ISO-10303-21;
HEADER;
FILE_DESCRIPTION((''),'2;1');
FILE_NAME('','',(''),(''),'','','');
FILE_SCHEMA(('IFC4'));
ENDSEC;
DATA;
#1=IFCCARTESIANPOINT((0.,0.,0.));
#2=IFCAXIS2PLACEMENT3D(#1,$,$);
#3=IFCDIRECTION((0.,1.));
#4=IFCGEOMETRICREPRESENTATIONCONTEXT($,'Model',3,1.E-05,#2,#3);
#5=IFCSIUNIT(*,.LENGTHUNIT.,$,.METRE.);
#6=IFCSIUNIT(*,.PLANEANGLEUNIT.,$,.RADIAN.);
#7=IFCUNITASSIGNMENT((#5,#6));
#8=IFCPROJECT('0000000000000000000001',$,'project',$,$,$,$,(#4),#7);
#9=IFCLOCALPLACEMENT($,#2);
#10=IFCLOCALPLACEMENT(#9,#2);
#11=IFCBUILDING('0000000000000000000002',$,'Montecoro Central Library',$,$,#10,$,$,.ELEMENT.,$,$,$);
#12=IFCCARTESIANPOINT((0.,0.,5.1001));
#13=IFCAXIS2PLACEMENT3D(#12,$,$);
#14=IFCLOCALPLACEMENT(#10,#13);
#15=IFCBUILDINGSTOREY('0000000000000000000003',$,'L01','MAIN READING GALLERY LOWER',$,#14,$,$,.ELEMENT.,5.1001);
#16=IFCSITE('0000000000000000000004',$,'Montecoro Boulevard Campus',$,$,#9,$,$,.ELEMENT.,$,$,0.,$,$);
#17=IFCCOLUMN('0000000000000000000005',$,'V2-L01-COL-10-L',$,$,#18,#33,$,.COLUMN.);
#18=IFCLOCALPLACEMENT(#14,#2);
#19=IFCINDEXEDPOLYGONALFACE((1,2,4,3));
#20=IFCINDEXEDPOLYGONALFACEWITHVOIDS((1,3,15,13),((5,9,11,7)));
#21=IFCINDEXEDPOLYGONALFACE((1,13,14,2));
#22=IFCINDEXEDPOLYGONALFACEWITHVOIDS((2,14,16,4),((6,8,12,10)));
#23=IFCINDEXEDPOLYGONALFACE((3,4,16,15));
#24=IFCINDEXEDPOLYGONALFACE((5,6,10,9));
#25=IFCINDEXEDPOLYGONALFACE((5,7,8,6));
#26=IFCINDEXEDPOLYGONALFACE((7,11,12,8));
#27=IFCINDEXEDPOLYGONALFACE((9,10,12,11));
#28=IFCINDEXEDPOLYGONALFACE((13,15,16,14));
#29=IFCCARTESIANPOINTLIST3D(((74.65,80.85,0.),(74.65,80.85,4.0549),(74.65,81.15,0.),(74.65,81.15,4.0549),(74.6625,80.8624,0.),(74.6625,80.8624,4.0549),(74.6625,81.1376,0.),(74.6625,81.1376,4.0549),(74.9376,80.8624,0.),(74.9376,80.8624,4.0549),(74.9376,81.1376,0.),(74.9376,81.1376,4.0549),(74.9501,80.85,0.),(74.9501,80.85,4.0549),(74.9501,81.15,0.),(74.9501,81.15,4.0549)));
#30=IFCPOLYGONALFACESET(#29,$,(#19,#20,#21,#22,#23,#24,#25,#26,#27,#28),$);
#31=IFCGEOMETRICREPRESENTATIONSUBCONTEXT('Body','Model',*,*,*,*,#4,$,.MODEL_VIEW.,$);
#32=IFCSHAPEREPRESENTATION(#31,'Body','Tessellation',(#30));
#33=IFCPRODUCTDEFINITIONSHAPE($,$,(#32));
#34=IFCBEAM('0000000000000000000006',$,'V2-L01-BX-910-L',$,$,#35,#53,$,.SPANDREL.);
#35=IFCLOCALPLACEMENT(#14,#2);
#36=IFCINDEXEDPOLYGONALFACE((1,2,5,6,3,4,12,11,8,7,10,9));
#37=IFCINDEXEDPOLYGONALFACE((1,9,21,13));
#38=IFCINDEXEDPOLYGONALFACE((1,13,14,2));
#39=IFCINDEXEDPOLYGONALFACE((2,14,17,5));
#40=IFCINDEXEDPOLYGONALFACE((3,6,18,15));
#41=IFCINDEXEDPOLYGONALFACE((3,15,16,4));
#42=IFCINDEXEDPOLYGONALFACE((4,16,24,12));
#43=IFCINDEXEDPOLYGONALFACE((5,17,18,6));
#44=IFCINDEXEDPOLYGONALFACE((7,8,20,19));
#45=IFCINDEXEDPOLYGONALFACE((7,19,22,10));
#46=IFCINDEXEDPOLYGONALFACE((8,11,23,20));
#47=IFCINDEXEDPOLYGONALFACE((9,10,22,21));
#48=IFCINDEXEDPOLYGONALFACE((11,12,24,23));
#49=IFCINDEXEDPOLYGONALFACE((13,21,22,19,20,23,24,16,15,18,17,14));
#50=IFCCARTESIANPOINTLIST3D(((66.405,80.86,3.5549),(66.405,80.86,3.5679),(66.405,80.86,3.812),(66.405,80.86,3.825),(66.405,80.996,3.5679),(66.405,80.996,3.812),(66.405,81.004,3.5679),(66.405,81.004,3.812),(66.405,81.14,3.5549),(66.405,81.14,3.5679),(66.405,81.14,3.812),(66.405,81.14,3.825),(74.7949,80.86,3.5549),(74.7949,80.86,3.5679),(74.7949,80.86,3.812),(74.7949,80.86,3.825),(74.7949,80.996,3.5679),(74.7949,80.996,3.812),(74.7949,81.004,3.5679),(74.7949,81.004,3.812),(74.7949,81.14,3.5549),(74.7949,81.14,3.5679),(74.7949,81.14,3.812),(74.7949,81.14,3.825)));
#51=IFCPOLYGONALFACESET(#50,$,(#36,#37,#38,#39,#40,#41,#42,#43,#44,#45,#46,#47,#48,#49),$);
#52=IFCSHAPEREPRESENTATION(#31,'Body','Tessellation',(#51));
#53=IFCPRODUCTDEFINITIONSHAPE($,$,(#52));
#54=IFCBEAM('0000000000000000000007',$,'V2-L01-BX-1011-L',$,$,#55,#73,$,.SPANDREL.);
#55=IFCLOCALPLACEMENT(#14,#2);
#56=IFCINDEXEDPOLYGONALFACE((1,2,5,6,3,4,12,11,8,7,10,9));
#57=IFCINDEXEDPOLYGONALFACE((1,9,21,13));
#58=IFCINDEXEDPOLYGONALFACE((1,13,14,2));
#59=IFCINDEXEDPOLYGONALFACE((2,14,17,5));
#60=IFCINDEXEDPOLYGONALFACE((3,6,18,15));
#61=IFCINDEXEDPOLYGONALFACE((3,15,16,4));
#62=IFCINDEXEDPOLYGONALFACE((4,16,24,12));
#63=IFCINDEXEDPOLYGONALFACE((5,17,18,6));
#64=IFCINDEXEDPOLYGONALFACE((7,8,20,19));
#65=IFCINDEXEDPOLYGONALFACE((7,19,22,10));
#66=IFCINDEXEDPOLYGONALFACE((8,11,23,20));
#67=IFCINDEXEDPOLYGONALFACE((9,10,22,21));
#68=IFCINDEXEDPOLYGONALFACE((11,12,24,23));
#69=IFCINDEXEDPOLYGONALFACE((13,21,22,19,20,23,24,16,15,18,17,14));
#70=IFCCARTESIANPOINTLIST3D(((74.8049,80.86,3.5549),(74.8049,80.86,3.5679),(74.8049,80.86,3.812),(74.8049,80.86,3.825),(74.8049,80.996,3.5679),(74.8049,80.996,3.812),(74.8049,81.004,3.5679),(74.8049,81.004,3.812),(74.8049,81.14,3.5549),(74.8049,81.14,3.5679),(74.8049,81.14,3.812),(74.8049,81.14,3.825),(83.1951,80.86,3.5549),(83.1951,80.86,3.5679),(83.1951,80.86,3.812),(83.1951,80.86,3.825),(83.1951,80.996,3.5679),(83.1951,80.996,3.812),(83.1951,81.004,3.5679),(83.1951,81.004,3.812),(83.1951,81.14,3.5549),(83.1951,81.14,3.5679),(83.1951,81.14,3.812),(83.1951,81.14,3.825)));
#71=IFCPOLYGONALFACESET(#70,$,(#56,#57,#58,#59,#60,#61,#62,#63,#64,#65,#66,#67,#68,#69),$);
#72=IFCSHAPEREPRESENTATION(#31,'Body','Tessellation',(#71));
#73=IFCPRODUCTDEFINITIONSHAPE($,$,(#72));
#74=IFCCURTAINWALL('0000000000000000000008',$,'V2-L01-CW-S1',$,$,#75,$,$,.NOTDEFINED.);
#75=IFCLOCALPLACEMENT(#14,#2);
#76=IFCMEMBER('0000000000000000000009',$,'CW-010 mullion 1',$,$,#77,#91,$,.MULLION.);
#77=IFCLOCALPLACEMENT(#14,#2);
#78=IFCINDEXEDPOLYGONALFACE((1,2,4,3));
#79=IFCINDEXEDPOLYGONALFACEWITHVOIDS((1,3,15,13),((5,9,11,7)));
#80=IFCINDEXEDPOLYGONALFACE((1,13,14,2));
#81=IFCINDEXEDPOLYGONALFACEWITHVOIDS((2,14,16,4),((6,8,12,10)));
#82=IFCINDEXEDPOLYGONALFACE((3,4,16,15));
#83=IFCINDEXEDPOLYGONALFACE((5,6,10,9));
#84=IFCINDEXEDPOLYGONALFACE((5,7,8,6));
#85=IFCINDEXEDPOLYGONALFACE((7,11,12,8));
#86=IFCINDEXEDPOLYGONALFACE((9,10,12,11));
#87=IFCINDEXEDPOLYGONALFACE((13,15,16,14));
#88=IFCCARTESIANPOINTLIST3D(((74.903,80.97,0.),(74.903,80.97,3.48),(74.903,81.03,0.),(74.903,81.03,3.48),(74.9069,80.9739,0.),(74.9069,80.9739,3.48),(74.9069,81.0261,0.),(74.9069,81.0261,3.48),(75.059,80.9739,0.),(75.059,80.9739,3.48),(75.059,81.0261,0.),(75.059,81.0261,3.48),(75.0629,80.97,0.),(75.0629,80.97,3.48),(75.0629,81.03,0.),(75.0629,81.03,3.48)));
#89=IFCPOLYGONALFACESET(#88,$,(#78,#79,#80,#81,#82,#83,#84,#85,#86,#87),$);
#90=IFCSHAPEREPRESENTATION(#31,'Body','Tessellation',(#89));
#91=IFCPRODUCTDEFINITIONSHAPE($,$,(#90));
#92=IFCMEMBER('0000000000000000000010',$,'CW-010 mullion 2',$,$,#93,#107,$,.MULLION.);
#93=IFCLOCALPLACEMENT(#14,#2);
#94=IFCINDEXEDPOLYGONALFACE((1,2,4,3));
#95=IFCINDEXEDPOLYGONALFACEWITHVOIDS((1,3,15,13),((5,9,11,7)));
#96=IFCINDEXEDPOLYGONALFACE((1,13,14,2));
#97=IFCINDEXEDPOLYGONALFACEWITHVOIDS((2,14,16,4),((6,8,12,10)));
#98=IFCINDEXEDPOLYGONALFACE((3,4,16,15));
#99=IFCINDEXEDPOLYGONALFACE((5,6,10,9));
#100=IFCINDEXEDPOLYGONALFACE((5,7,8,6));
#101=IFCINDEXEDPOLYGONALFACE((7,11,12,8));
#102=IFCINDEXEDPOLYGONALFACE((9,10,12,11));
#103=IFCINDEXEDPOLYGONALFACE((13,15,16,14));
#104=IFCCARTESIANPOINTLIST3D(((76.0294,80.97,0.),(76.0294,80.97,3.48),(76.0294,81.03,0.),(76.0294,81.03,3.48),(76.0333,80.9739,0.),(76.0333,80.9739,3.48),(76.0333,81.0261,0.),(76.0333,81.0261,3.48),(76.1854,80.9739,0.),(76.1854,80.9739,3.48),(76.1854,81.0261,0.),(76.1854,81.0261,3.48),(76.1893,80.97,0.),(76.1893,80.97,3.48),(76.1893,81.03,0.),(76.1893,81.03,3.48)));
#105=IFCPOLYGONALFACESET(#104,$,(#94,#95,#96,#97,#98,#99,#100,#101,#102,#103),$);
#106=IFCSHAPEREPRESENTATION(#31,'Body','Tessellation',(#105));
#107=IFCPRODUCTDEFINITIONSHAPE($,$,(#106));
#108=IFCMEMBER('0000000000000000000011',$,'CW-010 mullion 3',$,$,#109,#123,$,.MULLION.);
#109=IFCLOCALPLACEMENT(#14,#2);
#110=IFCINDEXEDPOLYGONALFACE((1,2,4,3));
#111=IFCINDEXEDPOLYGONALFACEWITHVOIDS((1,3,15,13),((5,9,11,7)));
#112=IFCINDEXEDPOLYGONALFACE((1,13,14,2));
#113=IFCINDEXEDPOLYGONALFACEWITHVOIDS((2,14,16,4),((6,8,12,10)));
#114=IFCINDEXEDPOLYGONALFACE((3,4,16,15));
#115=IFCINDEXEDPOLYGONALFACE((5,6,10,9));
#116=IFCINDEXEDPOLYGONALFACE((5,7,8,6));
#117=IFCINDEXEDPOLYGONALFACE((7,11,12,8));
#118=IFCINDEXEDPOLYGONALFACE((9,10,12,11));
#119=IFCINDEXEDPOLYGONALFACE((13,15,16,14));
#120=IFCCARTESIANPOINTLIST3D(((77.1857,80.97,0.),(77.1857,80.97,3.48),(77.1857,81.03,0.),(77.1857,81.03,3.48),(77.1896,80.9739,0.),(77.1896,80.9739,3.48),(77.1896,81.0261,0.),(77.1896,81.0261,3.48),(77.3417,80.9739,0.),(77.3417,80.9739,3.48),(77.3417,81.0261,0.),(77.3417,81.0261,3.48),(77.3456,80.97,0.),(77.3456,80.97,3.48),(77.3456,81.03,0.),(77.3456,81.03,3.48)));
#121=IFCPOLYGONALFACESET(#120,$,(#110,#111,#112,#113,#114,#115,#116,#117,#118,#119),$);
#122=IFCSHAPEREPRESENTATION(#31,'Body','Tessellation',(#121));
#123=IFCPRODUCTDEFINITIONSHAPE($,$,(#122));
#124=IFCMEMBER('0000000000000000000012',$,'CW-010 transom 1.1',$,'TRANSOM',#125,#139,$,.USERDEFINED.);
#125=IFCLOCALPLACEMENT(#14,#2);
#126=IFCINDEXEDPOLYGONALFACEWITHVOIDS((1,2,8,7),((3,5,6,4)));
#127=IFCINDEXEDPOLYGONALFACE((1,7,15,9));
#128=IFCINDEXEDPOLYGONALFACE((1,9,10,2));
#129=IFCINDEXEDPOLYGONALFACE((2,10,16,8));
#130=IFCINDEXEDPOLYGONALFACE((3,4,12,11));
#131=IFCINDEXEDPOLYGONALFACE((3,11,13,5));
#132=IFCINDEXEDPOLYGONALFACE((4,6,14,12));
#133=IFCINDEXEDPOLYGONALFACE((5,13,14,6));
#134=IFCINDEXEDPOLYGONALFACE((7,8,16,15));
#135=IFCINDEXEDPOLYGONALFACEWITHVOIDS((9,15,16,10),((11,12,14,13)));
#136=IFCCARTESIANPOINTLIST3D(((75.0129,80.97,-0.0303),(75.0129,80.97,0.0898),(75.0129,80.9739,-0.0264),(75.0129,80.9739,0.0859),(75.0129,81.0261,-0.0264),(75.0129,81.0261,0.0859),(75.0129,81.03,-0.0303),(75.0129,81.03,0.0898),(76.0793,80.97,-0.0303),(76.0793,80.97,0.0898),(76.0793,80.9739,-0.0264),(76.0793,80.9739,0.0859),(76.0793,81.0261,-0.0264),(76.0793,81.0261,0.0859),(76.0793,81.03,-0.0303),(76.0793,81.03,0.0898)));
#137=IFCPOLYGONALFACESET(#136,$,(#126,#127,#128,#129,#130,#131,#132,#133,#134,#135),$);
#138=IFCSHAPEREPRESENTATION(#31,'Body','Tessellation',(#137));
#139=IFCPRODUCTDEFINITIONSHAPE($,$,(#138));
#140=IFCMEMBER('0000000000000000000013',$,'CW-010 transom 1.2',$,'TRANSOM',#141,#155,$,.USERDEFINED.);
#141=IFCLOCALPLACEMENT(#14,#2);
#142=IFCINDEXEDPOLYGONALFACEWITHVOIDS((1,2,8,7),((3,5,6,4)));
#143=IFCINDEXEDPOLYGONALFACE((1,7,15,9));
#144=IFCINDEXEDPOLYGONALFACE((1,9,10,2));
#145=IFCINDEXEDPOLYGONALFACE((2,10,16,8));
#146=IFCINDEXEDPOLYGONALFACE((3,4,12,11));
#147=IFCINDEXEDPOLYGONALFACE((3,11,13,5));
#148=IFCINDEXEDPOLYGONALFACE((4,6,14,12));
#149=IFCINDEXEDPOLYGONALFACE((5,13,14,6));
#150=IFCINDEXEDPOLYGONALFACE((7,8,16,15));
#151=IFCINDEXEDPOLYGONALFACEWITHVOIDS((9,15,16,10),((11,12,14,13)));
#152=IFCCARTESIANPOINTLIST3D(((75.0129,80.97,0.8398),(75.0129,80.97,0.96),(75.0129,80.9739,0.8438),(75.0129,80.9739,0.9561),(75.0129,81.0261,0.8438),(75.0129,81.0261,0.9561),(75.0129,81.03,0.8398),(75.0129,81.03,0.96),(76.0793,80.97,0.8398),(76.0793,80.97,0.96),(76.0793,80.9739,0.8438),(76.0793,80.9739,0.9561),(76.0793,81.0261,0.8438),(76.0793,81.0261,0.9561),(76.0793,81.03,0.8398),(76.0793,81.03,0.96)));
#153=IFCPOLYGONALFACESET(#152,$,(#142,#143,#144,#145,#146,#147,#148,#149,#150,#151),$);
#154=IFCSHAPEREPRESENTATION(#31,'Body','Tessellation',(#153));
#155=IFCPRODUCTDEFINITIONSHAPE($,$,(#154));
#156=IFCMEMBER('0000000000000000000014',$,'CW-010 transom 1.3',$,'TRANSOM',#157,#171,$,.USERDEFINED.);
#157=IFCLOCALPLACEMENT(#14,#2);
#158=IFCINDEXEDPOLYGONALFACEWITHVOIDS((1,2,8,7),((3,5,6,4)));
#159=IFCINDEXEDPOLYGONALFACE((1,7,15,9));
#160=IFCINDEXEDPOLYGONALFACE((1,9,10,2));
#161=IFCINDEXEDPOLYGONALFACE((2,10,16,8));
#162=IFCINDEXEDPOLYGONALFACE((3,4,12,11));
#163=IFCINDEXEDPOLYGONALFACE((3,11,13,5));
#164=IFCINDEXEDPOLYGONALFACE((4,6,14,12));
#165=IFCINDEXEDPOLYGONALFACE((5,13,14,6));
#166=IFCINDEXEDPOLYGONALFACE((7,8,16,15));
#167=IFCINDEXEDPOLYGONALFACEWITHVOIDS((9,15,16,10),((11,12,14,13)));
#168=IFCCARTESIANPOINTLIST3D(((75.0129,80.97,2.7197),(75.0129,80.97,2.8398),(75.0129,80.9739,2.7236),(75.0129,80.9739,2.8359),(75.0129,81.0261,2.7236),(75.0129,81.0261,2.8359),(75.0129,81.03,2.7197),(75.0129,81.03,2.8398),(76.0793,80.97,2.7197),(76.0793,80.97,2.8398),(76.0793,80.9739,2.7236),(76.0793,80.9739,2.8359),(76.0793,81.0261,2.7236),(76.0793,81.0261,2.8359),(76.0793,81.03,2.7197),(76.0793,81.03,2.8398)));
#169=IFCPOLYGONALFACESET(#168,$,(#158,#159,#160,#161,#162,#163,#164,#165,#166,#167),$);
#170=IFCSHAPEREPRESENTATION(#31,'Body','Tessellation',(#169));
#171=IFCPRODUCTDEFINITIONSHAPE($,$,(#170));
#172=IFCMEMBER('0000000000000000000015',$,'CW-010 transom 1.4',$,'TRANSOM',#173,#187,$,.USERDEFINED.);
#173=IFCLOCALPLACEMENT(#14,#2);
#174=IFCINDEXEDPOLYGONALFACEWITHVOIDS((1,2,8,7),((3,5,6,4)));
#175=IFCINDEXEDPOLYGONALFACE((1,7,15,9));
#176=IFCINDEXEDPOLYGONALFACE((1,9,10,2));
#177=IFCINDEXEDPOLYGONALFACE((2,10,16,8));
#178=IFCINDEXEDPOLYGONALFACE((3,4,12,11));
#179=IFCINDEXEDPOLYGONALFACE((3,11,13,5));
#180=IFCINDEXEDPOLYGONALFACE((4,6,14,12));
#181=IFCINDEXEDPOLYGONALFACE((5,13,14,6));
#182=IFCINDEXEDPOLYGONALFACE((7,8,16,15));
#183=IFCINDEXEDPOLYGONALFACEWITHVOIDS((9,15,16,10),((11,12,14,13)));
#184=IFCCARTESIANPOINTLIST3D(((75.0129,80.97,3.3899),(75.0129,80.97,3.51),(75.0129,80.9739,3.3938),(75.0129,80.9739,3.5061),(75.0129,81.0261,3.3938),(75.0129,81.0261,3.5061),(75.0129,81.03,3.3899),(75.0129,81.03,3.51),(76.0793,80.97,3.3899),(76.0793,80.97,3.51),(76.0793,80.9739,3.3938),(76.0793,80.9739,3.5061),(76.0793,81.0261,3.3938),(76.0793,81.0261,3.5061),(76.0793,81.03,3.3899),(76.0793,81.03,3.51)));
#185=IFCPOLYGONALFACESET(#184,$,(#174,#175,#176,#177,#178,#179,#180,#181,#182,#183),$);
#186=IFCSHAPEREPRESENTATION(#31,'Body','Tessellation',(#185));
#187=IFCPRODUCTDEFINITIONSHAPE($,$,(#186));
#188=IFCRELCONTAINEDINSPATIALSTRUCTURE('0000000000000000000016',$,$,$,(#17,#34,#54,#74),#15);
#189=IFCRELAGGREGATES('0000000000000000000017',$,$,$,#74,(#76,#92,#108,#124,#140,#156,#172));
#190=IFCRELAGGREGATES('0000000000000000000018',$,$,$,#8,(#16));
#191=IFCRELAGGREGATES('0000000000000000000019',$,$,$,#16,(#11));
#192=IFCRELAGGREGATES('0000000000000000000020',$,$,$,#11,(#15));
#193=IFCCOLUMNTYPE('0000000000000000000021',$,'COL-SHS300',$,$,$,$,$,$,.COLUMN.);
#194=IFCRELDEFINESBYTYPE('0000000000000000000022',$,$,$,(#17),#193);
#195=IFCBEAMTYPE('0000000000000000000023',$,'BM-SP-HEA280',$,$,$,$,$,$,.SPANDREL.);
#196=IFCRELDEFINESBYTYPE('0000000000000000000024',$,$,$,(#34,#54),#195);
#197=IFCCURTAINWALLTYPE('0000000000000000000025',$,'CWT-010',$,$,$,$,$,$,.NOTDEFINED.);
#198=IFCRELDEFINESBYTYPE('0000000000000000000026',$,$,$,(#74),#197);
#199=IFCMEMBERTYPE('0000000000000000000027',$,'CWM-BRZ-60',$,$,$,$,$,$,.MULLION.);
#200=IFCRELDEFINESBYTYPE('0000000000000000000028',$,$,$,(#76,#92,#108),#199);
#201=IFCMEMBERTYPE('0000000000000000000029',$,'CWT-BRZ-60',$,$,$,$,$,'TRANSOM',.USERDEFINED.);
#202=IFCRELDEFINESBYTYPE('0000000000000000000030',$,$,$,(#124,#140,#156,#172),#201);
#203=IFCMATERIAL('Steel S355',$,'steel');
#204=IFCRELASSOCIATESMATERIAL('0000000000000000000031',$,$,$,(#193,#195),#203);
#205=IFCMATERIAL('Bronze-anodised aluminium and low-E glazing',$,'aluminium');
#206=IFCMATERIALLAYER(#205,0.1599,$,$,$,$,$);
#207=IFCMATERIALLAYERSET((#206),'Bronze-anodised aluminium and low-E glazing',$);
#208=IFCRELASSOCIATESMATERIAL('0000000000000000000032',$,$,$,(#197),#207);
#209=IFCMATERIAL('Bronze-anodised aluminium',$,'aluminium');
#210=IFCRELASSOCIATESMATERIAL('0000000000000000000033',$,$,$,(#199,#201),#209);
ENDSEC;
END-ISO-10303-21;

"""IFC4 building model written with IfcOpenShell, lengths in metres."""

from ifc_helpers import new_model, si_unit, direction, frame, origin, origin_2d, place, context, subcontext, project, spatial, hollow_rectangle, i_section, extrude, material, layer, layer_set, material_profile, profile_set, type_object, element, aggregate, save


model = new_model("IFC4")

# Units and contexts
model_context = context("Model", 3, precision=1e-05, world=origin(), true_north=direction((0.0, 1.0)))
body_context = subcontext(model_context, "Body", "Model", "MODEL_VIEW")
ifc_project = project(units=[si_unit("LENGTHUNIT", "METRE"), si_unit("PLANEANGLEUNIT", "RADIAN")], contexts=[model_context])

# Site, building, storey
site_placement = place(None, origin())
site = spatial("IfcSite", under=ifc_project, at=site_placement, Name="Montecoro Boulevard Campus", CompositionType="ELEMENT", RefElevation=0.0)
building_placement = place(site_placement, origin())
building = spatial("IfcBuilding", under=site, at=building_placement, Name="Montecoro Central Library", CompositionType="ELEMENT")
storey_placement = place(building_placement, frame((0.0, 0.0, 5.1001)))
storey = spatial("IfcBuildingStorey", under=building, at=storey_placement, Name="L01", Description="MAIN READING GALLERY LOWER", CompositionType="ELEMENT", Elevation=5.1001)

# Column
ifc_material_1 = material(Name="Steel S355", Category="steel")
ifc_material_profile_1 = material_profile(ifc_material_1, hollow_rectangle(XDim=0.3, YDim=0.3, WallThickness=0.0125, at=origin_2d()), Name="SHS 300x300x12.5")
ifc_profile_set_1 = profile_set([ifc_material_profile_1], Name="Steel S355")
column_type = type_object("IfcColumnType", Name="COL-SHS300", PredefinedType="COLUMN", material=ifc_profile_set_1)
column_placement = place(storey_placement, frame((74.8, 81.0, 0.0), z_axis=(0.0, 0.0, 1.0), x_axis=(1.0, 0.0, 0.0)))
element("IfcColumn", 1, at=column_placement, inside=storey, type_object=column_type, Name="V2-L01-COL-10-L", PredefinedType="COLUMN", context=body_context, shape_type="SweptSolid", body=[
    extrude(hollow_rectangle(XDim=0.3, YDim=0.3, WallThickness=0.0125, at=origin_2d()), origin(), (0.0, 0.0, 1.0), 4.0549),
])

# Beams
ifc_material_profile_2 = material_profile(ifc_material_1, i_section(OverallWidth=0.28, OverallDepth=0.27, WebThickness=0.0081, FlangeThickness=0.0129, at=origin_2d()), Name="HEA 280")
ifc_profile_set_2 = profile_set([ifc_material_profile_2], Name="Steel S355")
beam_type = type_object("IfcBeamType", Name="BM-SP-HEA280", PredefinedType="SPANDREL", material=ifc_profile_set_2)
beam_1_placement = place(storey_placement, frame((66.405, 81.0, 3.6899), z_axis=(1.0, 0.0, 0.0), x_axis=(0.0, 1.0, 0.0)))
element("IfcBeam", 2, at=beam_1_placement, inside=storey, type_object=beam_type, Name="V2-L01-BX-910-L", PredefinedType="SPANDREL", context=body_context, shape_type="SweptSolid", body=[
    extrude(i_section(OverallWidth=0.28, OverallDepth=0.27, WebThickness=0.0081, FlangeThickness=0.0129, at=origin_2d()), origin(), (0.0, 0.0, 1.0), 8.3899),
])
beam_2_placement = place(storey_placement, frame((74.8049, 81.0, 3.6899), z_axis=(1.0, 0.0, 0.0), x_axis=(0.0, 1.0, 0.0)))
element("IfcBeam", 3, at=beam_2_placement, inside=storey, type_object=beam_type, Name="V2-L01-BX-1011-L", PredefinedType="SPANDREL", context=body_context, shape_type="SweptSolid", body=[
    extrude(i_section(OverallWidth=0.28, OverallDepth=0.27, WebThickness=0.0081, FlangeThickness=0.0129, at=origin_2d()), origin(), (0.0, 0.0, 1.0), 8.3901),
])

# Curtain wall, members
ifc_material_2 = material(Name="Bronze-anodised aluminium and low-E glazing", Category="aluminium")
ifc_layer_1 = layer(ifc_material_2, 0.1599)
ifc_layer_set_1 = layer_set([ifc_layer_1], Name="Bronze-anodised aluminium and low-E glazing")
curtain_wall_type = type_object("IfcCurtainWallType", Name="CWT-010", PredefinedType="NOTDEFINED", material=ifc_layer_set_1)
curtain_wall_placement = place(storey_placement, origin())
curtain_wall = element("IfcCurtainWall", 4, at=curtain_wall_placement, inside=storey, type_object=curtain_wall_type, Name="V2-L01-CW-S1", PredefinedType="NOTDEFINED")
ifc_material_3 = material(Name="Bronze-anodised aluminium", Category="aluminium")
ifc_material_profile_3 = material_profile(ifc_material_3, hollow_rectangle(XDim=0.0601, YDim=0.1599, WallThickness=0.0039, at=origin_2d()), Name="CWM 160x60x4.0")
ifc_profile_set_3 = profile_set([ifc_material_profile_3], Name="Bronze-anodised aluminium")
member_type_1 = type_object("IfcMemberType", Name="CWM-BRZ-60", PredefinedType="MULLION", material=ifc_profile_set_3)
member_1_placement = place(storey_placement, frame((74.9829, 81.0, 0.0), z_axis=(0.0, 0.0, 1.0), x_axis=(0.0, 1.0, 0.0)))
member_1 = element("IfcMember", 5, at=member_1_placement, type_object=member_type_1, Name="CW-010 mullion 1", PredefinedType="MULLION", context=body_context, shape_type="SweptSolid", body=[
    extrude(hollow_rectangle(XDim=0.0601, YDim=0.1599, WallThickness=0.0039, at=origin_2d()), origin(), (0.0, 0.0, 1.0), 3.48),
])
member_2_placement = place(storey_placement, frame((76.1094, 81.0, 0.0), z_axis=(0.0, 0.0, 1.0), x_axis=(0.0, 1.0, 0.0)))
member_2 = element("IfcMember", 6, at=member_2_placement, type_object=member_type_1, Name="CW-010 mullion 2", PredefinedType="MULLION", context=body_context, shape_type="SweptSolid", body=[
    extrude(hollow_rectangle(XDim=0.0601, YDim=0.1599, WallThickness=0.0039, at=origin_2d()), origin(), (0.0, 0.0, 1.0), 3.48),
])
member_3_placement = place(storey_placement, frame((77.2656, 81.0, 0.0), z_axis=(0.0, 0.0, 1.0), x_axis=(0.0, 1.0, 0.0)))
member_3 = element("IfcMember", 7, at=member_3_placement, type_object=member_type_1, Name="CW-010 mullion 3", PredefinedType="MULLION", context=body_context, shape_type="SweptSolid", body=[
    extrude(hollow_rectangle(XDim=0.0601, YDim=0.1599, WallThickness=0.0039, at=origin_2d()), origin(), (0.0, 0.0, 1.0), 3.48),
])
ifc_material_profile_4 = material_profile(ifc_material_3, hollow_rectangle(XDim=0.0601, YDim=0.1201, WallThickness=0.0039, at=origin_2d()), Name="CWT 120x60x4.0")
ifc_profile_set_4 = profile_set([ifc_material_profile_4], Name="Bronze-anodised aluminium")
member_type_2 = type_object("IfcMemberType", Name="CWT-BRZ-60", ElementType="TRANSOM", PredefinedType="USERDEFINED", material=ifc_profile_set_4)
member_4_placement = place(storey_placement, frame((75.0129, 81.0, 0.0298), z_axis=(1.0, 0.0, 0.0), x_axis=(0.0, 1.0, 0.0)))
member_4 = element("IfcMember", 8, at=member_4_placement, type_object=member_type_2, Name="CW-010 transom 1.1", ObjectType="TRANSOM", PredefinedType="USERDEFINED", context=body_context, shape_type="SweptSolid", body=[
    extrude(hollow_rectangle(XDim=0.0601, YDim=0.1201, WallThickness=0.0039, at=origin_2d()), origin(), (0.0, 0.0, 1.0), 1.0664),
])
member_5_placement = place(storey_placement, frame((75.0129, 81.0, 0.8999), z_axis=(1.0, 0.0, 0.0), x_axis=(0.0, 1.0, 0.0)))
member_5 = element("IfcMember", 9, at=member_5_placement, type_object=member_type_2, Name="CW-010 transom 1.2", ObjectType="TRANSOM", PredefinedType="USERDEFINED", context=body_context, shape_type="SweptSolid", body=[
    extrude(hollow_rectangle(XDim=0.0601, YDim=0.1201, WallThickness=0.0039, at=origin_2d()), origin(), (0.0, 0.0, 1.0), 1.0664),
])
member_6_placement = place(storey_placement, frame((75.0129, 81.0, 2.7798), z_axis=(1.0, 0.0, 0.0), x_axis=(0.0, 1.0, 0.0)))
member_6 = element("IfcMember", 10, at=member_6_placement, type_object=member_type_2, Name="CW-010 transom 1.3", ObjectType="TRANSOM", PredefinedType="USERDEFINED", context=body_context, shape_type="SweptSolid", body=[
    extrude(hollow_rectangle(XDim=0.0601, YDim=0.1201, WallThickness=0.0039, at=origin_2d()), origin(), (0.0, 0.0, 1.0), 1.0664),
])
member_7_placement = place(storey_placement, frame((75.0129, 81.0, 3.45), z_axis=(1.0, 0.0, 0.0), x_axis=(0.0, 1.0, 0.0)))
member_7 = element("IfcMember", 11, at=member_7_placement, type_object=member_type_2, Name="CW-010 transom 1.4", ObjectType="TRANSOM", PredefinedType="USERDEFINED", context=body_context, shape_type="SweptSolid", body=[
    extrude(hollow_rectangle(XDim=0.0601, YDim=0.1201, WallThickness=0.0039, at=origin_2d()), origin(), (0.0, 0.0, 1.0), 1.0664),
])
aggregate(curtain_wall, [member_1, member_2, member_3, member_4, member_5, member_6, member_7])

save(model, "model.ifc")
